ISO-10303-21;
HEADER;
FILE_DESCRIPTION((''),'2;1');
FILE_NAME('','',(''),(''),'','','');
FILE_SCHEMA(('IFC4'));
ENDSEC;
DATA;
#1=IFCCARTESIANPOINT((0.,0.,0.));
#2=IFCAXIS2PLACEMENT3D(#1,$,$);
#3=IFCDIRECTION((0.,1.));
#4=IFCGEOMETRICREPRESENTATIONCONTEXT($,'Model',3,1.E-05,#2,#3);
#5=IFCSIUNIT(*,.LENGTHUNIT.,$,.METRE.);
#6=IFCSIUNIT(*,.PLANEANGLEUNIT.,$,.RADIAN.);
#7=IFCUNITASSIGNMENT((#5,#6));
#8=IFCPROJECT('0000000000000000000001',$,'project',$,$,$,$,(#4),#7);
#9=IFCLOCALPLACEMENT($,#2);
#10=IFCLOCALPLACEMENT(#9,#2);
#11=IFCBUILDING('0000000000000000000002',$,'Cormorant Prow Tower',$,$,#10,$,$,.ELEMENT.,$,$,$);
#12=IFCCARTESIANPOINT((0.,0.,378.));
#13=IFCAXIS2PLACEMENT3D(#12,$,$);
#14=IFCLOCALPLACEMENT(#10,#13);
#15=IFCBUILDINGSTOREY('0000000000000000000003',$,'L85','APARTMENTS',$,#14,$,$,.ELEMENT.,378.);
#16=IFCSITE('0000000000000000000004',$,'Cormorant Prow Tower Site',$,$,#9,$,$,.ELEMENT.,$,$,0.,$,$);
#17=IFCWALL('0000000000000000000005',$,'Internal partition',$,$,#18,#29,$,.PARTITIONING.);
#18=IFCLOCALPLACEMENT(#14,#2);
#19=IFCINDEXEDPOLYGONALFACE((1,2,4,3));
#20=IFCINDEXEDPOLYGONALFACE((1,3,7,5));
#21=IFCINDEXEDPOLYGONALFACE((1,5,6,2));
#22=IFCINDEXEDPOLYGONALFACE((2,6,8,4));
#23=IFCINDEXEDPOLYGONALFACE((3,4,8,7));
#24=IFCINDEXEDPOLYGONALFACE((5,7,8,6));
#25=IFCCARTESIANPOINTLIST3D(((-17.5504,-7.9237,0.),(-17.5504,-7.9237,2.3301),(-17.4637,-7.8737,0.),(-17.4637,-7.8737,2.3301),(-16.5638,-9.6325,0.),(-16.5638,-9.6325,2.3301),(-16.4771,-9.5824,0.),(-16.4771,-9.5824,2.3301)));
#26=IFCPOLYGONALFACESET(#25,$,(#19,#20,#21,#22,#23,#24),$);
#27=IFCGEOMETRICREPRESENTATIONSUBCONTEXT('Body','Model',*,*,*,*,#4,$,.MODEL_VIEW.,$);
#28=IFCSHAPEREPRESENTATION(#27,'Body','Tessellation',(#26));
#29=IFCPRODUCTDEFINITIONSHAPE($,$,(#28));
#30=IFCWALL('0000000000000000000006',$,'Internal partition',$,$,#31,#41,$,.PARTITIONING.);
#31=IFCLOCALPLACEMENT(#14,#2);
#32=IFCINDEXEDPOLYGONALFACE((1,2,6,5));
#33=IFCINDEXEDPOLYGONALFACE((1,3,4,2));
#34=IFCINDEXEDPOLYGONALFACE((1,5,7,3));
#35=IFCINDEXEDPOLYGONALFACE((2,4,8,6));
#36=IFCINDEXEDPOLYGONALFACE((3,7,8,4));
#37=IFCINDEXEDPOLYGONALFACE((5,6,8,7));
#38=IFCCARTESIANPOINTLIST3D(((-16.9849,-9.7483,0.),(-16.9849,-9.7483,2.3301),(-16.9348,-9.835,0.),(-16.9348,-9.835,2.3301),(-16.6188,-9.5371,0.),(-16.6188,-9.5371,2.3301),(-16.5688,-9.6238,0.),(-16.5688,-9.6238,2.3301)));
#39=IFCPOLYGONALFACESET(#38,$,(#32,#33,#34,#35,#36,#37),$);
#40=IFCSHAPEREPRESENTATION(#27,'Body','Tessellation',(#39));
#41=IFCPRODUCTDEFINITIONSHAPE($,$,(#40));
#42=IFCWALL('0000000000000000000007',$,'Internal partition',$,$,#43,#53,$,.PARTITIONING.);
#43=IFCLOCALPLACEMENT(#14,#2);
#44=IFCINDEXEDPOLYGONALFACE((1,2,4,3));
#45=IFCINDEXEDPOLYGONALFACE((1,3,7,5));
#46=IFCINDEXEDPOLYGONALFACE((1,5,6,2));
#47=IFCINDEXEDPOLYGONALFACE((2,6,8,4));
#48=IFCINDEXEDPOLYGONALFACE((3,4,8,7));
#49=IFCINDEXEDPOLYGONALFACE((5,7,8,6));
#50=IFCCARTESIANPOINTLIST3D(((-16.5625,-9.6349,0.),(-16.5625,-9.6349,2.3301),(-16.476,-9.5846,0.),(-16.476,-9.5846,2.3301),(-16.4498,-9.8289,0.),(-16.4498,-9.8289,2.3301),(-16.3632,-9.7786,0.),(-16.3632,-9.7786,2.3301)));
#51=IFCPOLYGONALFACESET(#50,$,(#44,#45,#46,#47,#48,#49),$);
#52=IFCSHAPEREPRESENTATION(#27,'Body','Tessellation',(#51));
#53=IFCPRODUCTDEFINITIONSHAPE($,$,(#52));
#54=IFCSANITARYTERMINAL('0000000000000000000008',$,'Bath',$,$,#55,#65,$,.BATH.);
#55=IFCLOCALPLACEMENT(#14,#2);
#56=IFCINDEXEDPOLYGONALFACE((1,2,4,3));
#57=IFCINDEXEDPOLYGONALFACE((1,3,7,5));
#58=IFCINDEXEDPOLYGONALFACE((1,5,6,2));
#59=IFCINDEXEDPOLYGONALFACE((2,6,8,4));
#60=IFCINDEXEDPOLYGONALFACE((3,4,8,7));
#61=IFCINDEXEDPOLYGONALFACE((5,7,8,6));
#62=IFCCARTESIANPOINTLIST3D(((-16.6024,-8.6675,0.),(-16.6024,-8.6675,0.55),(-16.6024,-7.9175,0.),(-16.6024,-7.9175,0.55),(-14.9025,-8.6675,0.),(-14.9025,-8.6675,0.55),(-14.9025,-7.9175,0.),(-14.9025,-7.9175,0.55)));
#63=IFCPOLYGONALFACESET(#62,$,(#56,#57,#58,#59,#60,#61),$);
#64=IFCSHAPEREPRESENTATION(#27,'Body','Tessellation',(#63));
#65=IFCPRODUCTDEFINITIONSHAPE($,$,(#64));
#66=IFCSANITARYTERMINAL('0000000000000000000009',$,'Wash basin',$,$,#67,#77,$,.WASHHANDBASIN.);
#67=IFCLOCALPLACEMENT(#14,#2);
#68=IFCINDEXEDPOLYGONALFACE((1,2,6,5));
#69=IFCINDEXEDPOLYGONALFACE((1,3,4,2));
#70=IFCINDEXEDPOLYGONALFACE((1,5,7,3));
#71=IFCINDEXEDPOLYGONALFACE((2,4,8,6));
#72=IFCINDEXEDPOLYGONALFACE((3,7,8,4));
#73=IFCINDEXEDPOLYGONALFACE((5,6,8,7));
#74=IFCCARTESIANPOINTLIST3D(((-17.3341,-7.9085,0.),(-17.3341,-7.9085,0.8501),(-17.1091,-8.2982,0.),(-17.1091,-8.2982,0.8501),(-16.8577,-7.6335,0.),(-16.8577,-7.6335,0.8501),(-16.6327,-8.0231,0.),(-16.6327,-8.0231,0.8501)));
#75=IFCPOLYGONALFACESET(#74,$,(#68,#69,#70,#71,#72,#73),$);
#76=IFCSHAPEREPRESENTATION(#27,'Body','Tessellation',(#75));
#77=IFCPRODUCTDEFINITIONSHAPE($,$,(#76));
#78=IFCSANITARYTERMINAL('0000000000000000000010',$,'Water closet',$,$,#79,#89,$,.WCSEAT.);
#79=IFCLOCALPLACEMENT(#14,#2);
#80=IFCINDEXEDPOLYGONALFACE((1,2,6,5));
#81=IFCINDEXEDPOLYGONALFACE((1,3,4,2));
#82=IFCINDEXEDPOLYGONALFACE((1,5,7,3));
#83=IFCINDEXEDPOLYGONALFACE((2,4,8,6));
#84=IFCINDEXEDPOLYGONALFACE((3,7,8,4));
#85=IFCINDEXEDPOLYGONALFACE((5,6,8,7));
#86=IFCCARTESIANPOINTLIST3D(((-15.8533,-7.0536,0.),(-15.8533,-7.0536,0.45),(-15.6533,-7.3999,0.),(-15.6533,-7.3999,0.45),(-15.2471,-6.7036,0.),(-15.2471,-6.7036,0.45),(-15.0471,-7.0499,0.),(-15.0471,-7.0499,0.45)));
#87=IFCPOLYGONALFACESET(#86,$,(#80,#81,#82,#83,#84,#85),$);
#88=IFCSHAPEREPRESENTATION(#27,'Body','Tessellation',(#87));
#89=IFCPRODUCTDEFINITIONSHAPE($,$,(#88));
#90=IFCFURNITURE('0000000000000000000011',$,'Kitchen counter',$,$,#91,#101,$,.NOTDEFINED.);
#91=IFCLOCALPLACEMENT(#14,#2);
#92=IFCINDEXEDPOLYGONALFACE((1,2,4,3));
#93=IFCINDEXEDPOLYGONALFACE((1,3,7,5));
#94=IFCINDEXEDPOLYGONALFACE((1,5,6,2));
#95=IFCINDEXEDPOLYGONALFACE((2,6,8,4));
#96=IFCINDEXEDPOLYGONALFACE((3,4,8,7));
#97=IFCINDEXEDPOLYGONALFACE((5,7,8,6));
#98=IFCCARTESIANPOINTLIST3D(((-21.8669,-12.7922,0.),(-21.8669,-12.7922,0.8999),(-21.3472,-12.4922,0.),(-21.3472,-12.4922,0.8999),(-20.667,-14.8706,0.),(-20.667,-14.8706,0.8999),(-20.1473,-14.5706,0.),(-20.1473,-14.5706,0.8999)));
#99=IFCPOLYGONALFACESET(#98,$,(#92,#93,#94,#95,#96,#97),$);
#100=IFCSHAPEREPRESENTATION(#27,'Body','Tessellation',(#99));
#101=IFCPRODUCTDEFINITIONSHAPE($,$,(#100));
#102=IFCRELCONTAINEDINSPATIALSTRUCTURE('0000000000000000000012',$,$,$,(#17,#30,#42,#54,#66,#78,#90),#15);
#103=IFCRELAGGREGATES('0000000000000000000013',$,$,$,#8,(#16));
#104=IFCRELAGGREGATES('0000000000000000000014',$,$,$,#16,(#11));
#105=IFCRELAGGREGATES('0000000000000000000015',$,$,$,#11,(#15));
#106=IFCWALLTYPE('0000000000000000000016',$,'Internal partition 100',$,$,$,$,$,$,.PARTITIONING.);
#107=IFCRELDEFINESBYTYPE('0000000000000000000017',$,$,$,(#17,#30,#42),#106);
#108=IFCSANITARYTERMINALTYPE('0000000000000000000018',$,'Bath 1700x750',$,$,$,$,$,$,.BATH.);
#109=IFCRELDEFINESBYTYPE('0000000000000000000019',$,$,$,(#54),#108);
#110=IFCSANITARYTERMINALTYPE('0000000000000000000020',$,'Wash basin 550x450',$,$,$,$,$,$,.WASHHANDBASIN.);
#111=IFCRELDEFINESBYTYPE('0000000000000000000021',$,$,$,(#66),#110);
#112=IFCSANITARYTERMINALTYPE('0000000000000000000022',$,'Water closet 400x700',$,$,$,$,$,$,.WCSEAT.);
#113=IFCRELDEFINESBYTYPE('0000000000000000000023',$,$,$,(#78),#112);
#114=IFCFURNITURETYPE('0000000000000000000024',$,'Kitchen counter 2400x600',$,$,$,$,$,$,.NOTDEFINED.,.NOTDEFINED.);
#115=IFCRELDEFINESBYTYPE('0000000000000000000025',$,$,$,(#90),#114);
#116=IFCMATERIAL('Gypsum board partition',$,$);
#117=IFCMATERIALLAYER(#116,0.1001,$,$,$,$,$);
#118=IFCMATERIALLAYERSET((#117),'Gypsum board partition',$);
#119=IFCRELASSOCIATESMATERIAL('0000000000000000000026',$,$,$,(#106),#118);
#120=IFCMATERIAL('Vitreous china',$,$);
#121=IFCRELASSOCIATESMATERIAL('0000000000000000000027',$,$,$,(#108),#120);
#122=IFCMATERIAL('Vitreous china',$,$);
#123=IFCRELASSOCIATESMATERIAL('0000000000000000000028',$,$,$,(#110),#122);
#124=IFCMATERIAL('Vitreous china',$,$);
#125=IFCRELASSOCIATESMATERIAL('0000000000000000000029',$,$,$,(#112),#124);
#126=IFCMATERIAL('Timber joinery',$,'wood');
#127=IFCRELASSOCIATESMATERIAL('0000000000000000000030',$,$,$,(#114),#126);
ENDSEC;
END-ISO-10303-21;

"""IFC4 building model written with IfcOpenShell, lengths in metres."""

from ifc_helpers import new_model, si_unit, direction, frame, frame_2d, origin, origin_2d, place, context, subcontext, project, spatial, rectangle, extrude, material, layer, layer_set, type_object, element, save


model = new_model("IFC4")

# Units and contexts
model_context = context("Model", 3, precision=1e-05, world=origin(), true_north=direction((0.0, 1.0)))
body_context = subcontext(model_context, "Body", "Model", "MODEL_VIEW")
ifc_project = project(units=[si_unit("LENGTHUNIT", "METRE"), si_unit("PLANEANGLEUNIT", "RADIAN")], contexts=[model_context])

# Site, building, storey
site_placement = place(None, origin())
site = spatial("IfcSite", under=ifc_project, at=site_placement, Name="Cormorant Prow Tower Site", CompositionType="ELEMENT", RefElevation=0.0)
building_placement = place(site_placement, origin())
building = spatial("IfcBuilding", under=site, at=building_placement, Name="Cormorant Prow Tower", CompositionType="ELEMENT")
storey_placement = place(building_placement, frame((0.0, 0.0, 378.0)))
storey = spatial("IfcBuildingStorey", under=building, at=storey_placement, Name="L85", Description="APARTMENTS", CompositionType="ELEMENT", Elevation=378.0)

# Shared definitions
ifc_material_1 = material(Name="Gypsum board partition")
ifc_layer_1 = layer(ifc_material_1, 0.1001)
ifc_layer_set_1 = layer_set([ifc_layer_1], Name="Gypsum board partition")
wall_type_1 = type_object("IfcWallType", Name="Internal partition 100", PredefinedType="PARTITIONING", material=ifc_layer_set_1)

# Walls
wall_1_placement = place(storey_placement, frame((-17.5071, -7.8987, 0.0), z_axis=(0.0, 0.0, 1.0), x_axis=(0.500012, -0.866019, 0.0)))
element("IfcWall", 1, at=wall_1_placement, inside=storey, type_object=wall_type_1, Name="Internal partition", PredefinedType="PARTITIONING", context=body_context, shape_type="SweptSolid", body=[
    extrude(rectangle(XDim=1.9731, YDim=0.1001, at=frame_2d((0.9866, 0.0))), origin(), (0.0, 0.0, 1.0), 2.3301),
])
wall_2_placement = place(storey_placement, frame((-16.96, -9.7917, 0.0), z_axis=(0.0, 0.0, 1.0), x_axis=(0.866137, 0.499806, 0.0)))
element("IfcWall", 2, at=wall_2_placement, inside=storey, type_object=wall_type_1, Name="Internal partition", PredefinedType="PARTITIONING", context=body_context, shape_type="SweptSolid", body=[
    extrude(rectangle(XDim=0.4226, YDim=0.1001, at=frame_2d((0.2114, 0.0))), origin(), (0.0, 0.0, 1.0), 2.3301),
])
wall_3_placement = place(storey_placement, frame((-16.5193, -9.6096, 0.0), z_axis=(0.0, 0.0, 1.0), x_axis=(0.50245, -0.864606, 0.0)))
element("IfcWall", 3, at=wall_3_placement, inside=storey, type_object=wall_type_1, Name="Internal partition", PredefinedType="PARTITIONING", context=body_context, shape_type="SweptSolid", body=[
    extrude(rectangle(XDim=0.2244, YDim=0.1001, at=frame_2d((0.1123, 0.0))), origin(), (0.0, 0.0, 1.0), 2.3301),
])

# Sanitary terminals
ifc_material_2 = material(Name="Vitreous china")
sanitary_terminal_type_1 = type_object("IfcSanitaryTerminalType", Name="Bath 1700x750", PredefinedType="BATH", material=ifc_material_2)
sanitary_terminal_1_placement = place(storey_placement, frame((-15.7524, -8.2925, 0.0), z_axis=(0.0, 0.0, 1.0), x_axis=(1.0, 0.0, 0.0)))
element("IfcSanitaryTerminal", 4, at=sanitary_terminal_1_placement, inside=storey, type_object=sanitary_terminal_type_1, Name="Bath", PredefinedType="BATH", context=body_context, shape_type="SweptSolid", body=[
    extrude(rectangle(XDim=1.7, YDim=0.75, at=origin_2d()), origin(), (0.0, 0.0, 1.0), 0.55),
])
ifc_material_3 = material(Name="Vitreous china")
sanitary_terminal_type_2 = type_object("IfcSanitaryTerminalType", Name="Wash basin 550x450", PredefinedType="WASHHANDBASIN", material=ifc_material_3)
sanitary_terminal_2_placement = place(storey_placement, frame((-16.9834, -7.9658, 0.0), z_axis=(0.0, 0.0, 1.0), x_axis=(0.866025, 0.5, 0.0)))
element("IfcSanitaryTerminal", 5, at=sanitary_terminal_2_placement, inside=storey, type_object=sanitary_terminal_type_2, Name="Wash basin", PredefinedType="WASHHANDBASIN", context=body_context, shape_type="SweptSolid", body=[
    extrude(rectangle(XDim=0.55, YDim=0.45, at=origin_2d()), origin(), (0.0, 0.0, 1.0), 0.8501),
])
ifc_material_4 = material(Name="Vitreous china")
sanitary_terminal_type_3 = type_object("IfcSanitaryTerminalType", Name="Water closet 400x700", PredefinedType="WCSEAT", material=ifc_material_4)
sanitary_terminal_3_placement = place(storey_placement, frame((-15.4502, -7.0518, 0.0), z_axis=(0.0, 0.0, 1.0), x_axis=(0.5, -0.866025, 0.0)))
element("IfcSanitaryTerminal", 6, at=sanitary_terminal_3_placement, inside=storey, type_object=sanitary_terminal_type_3, Name="Water closet", PredefinedType="WCSEAT", context=body_context, shape_type="SweptSolid", body=[
    extrude(rectangle(XDim=0.3999, YDim=0.7, at=origin_2d()), origin(), (0.0, 0.0, 1.0), 0.45),
])

# Furniture
ifc_material_5 = material(Name="Timber joinery", Category="wood")
furniture_type = type_object("IfcFurnitureType", Name="Kitchen counter 2400x600", AssemblyPlace="NOTDEFINED", PredefinedType="NOTDEFINED", material=ifc_material_5)
furniture_placement = place(storey_placement, frame((-21.0071, -13.6814, 0.0), z_axis=(0.0, 0.0, 1.0), x_axis=(0.5, -0.866025, 0.0)))
element("IfcFurniture", 7, at=furniture_placement, inside=storey, type_object=furniture_type, Name="Kitchen counter", PredefinedType="NOTDEFINED", context=body_context, shape_type="SweptSolid", body=[
    extrude(rectangle(XDim=2.3999, YDim=0.6001, at=origin_2d()), origin(), (0.0, 0.0, 1.0), 0.8999),
])

save(model, "model.ifc")
